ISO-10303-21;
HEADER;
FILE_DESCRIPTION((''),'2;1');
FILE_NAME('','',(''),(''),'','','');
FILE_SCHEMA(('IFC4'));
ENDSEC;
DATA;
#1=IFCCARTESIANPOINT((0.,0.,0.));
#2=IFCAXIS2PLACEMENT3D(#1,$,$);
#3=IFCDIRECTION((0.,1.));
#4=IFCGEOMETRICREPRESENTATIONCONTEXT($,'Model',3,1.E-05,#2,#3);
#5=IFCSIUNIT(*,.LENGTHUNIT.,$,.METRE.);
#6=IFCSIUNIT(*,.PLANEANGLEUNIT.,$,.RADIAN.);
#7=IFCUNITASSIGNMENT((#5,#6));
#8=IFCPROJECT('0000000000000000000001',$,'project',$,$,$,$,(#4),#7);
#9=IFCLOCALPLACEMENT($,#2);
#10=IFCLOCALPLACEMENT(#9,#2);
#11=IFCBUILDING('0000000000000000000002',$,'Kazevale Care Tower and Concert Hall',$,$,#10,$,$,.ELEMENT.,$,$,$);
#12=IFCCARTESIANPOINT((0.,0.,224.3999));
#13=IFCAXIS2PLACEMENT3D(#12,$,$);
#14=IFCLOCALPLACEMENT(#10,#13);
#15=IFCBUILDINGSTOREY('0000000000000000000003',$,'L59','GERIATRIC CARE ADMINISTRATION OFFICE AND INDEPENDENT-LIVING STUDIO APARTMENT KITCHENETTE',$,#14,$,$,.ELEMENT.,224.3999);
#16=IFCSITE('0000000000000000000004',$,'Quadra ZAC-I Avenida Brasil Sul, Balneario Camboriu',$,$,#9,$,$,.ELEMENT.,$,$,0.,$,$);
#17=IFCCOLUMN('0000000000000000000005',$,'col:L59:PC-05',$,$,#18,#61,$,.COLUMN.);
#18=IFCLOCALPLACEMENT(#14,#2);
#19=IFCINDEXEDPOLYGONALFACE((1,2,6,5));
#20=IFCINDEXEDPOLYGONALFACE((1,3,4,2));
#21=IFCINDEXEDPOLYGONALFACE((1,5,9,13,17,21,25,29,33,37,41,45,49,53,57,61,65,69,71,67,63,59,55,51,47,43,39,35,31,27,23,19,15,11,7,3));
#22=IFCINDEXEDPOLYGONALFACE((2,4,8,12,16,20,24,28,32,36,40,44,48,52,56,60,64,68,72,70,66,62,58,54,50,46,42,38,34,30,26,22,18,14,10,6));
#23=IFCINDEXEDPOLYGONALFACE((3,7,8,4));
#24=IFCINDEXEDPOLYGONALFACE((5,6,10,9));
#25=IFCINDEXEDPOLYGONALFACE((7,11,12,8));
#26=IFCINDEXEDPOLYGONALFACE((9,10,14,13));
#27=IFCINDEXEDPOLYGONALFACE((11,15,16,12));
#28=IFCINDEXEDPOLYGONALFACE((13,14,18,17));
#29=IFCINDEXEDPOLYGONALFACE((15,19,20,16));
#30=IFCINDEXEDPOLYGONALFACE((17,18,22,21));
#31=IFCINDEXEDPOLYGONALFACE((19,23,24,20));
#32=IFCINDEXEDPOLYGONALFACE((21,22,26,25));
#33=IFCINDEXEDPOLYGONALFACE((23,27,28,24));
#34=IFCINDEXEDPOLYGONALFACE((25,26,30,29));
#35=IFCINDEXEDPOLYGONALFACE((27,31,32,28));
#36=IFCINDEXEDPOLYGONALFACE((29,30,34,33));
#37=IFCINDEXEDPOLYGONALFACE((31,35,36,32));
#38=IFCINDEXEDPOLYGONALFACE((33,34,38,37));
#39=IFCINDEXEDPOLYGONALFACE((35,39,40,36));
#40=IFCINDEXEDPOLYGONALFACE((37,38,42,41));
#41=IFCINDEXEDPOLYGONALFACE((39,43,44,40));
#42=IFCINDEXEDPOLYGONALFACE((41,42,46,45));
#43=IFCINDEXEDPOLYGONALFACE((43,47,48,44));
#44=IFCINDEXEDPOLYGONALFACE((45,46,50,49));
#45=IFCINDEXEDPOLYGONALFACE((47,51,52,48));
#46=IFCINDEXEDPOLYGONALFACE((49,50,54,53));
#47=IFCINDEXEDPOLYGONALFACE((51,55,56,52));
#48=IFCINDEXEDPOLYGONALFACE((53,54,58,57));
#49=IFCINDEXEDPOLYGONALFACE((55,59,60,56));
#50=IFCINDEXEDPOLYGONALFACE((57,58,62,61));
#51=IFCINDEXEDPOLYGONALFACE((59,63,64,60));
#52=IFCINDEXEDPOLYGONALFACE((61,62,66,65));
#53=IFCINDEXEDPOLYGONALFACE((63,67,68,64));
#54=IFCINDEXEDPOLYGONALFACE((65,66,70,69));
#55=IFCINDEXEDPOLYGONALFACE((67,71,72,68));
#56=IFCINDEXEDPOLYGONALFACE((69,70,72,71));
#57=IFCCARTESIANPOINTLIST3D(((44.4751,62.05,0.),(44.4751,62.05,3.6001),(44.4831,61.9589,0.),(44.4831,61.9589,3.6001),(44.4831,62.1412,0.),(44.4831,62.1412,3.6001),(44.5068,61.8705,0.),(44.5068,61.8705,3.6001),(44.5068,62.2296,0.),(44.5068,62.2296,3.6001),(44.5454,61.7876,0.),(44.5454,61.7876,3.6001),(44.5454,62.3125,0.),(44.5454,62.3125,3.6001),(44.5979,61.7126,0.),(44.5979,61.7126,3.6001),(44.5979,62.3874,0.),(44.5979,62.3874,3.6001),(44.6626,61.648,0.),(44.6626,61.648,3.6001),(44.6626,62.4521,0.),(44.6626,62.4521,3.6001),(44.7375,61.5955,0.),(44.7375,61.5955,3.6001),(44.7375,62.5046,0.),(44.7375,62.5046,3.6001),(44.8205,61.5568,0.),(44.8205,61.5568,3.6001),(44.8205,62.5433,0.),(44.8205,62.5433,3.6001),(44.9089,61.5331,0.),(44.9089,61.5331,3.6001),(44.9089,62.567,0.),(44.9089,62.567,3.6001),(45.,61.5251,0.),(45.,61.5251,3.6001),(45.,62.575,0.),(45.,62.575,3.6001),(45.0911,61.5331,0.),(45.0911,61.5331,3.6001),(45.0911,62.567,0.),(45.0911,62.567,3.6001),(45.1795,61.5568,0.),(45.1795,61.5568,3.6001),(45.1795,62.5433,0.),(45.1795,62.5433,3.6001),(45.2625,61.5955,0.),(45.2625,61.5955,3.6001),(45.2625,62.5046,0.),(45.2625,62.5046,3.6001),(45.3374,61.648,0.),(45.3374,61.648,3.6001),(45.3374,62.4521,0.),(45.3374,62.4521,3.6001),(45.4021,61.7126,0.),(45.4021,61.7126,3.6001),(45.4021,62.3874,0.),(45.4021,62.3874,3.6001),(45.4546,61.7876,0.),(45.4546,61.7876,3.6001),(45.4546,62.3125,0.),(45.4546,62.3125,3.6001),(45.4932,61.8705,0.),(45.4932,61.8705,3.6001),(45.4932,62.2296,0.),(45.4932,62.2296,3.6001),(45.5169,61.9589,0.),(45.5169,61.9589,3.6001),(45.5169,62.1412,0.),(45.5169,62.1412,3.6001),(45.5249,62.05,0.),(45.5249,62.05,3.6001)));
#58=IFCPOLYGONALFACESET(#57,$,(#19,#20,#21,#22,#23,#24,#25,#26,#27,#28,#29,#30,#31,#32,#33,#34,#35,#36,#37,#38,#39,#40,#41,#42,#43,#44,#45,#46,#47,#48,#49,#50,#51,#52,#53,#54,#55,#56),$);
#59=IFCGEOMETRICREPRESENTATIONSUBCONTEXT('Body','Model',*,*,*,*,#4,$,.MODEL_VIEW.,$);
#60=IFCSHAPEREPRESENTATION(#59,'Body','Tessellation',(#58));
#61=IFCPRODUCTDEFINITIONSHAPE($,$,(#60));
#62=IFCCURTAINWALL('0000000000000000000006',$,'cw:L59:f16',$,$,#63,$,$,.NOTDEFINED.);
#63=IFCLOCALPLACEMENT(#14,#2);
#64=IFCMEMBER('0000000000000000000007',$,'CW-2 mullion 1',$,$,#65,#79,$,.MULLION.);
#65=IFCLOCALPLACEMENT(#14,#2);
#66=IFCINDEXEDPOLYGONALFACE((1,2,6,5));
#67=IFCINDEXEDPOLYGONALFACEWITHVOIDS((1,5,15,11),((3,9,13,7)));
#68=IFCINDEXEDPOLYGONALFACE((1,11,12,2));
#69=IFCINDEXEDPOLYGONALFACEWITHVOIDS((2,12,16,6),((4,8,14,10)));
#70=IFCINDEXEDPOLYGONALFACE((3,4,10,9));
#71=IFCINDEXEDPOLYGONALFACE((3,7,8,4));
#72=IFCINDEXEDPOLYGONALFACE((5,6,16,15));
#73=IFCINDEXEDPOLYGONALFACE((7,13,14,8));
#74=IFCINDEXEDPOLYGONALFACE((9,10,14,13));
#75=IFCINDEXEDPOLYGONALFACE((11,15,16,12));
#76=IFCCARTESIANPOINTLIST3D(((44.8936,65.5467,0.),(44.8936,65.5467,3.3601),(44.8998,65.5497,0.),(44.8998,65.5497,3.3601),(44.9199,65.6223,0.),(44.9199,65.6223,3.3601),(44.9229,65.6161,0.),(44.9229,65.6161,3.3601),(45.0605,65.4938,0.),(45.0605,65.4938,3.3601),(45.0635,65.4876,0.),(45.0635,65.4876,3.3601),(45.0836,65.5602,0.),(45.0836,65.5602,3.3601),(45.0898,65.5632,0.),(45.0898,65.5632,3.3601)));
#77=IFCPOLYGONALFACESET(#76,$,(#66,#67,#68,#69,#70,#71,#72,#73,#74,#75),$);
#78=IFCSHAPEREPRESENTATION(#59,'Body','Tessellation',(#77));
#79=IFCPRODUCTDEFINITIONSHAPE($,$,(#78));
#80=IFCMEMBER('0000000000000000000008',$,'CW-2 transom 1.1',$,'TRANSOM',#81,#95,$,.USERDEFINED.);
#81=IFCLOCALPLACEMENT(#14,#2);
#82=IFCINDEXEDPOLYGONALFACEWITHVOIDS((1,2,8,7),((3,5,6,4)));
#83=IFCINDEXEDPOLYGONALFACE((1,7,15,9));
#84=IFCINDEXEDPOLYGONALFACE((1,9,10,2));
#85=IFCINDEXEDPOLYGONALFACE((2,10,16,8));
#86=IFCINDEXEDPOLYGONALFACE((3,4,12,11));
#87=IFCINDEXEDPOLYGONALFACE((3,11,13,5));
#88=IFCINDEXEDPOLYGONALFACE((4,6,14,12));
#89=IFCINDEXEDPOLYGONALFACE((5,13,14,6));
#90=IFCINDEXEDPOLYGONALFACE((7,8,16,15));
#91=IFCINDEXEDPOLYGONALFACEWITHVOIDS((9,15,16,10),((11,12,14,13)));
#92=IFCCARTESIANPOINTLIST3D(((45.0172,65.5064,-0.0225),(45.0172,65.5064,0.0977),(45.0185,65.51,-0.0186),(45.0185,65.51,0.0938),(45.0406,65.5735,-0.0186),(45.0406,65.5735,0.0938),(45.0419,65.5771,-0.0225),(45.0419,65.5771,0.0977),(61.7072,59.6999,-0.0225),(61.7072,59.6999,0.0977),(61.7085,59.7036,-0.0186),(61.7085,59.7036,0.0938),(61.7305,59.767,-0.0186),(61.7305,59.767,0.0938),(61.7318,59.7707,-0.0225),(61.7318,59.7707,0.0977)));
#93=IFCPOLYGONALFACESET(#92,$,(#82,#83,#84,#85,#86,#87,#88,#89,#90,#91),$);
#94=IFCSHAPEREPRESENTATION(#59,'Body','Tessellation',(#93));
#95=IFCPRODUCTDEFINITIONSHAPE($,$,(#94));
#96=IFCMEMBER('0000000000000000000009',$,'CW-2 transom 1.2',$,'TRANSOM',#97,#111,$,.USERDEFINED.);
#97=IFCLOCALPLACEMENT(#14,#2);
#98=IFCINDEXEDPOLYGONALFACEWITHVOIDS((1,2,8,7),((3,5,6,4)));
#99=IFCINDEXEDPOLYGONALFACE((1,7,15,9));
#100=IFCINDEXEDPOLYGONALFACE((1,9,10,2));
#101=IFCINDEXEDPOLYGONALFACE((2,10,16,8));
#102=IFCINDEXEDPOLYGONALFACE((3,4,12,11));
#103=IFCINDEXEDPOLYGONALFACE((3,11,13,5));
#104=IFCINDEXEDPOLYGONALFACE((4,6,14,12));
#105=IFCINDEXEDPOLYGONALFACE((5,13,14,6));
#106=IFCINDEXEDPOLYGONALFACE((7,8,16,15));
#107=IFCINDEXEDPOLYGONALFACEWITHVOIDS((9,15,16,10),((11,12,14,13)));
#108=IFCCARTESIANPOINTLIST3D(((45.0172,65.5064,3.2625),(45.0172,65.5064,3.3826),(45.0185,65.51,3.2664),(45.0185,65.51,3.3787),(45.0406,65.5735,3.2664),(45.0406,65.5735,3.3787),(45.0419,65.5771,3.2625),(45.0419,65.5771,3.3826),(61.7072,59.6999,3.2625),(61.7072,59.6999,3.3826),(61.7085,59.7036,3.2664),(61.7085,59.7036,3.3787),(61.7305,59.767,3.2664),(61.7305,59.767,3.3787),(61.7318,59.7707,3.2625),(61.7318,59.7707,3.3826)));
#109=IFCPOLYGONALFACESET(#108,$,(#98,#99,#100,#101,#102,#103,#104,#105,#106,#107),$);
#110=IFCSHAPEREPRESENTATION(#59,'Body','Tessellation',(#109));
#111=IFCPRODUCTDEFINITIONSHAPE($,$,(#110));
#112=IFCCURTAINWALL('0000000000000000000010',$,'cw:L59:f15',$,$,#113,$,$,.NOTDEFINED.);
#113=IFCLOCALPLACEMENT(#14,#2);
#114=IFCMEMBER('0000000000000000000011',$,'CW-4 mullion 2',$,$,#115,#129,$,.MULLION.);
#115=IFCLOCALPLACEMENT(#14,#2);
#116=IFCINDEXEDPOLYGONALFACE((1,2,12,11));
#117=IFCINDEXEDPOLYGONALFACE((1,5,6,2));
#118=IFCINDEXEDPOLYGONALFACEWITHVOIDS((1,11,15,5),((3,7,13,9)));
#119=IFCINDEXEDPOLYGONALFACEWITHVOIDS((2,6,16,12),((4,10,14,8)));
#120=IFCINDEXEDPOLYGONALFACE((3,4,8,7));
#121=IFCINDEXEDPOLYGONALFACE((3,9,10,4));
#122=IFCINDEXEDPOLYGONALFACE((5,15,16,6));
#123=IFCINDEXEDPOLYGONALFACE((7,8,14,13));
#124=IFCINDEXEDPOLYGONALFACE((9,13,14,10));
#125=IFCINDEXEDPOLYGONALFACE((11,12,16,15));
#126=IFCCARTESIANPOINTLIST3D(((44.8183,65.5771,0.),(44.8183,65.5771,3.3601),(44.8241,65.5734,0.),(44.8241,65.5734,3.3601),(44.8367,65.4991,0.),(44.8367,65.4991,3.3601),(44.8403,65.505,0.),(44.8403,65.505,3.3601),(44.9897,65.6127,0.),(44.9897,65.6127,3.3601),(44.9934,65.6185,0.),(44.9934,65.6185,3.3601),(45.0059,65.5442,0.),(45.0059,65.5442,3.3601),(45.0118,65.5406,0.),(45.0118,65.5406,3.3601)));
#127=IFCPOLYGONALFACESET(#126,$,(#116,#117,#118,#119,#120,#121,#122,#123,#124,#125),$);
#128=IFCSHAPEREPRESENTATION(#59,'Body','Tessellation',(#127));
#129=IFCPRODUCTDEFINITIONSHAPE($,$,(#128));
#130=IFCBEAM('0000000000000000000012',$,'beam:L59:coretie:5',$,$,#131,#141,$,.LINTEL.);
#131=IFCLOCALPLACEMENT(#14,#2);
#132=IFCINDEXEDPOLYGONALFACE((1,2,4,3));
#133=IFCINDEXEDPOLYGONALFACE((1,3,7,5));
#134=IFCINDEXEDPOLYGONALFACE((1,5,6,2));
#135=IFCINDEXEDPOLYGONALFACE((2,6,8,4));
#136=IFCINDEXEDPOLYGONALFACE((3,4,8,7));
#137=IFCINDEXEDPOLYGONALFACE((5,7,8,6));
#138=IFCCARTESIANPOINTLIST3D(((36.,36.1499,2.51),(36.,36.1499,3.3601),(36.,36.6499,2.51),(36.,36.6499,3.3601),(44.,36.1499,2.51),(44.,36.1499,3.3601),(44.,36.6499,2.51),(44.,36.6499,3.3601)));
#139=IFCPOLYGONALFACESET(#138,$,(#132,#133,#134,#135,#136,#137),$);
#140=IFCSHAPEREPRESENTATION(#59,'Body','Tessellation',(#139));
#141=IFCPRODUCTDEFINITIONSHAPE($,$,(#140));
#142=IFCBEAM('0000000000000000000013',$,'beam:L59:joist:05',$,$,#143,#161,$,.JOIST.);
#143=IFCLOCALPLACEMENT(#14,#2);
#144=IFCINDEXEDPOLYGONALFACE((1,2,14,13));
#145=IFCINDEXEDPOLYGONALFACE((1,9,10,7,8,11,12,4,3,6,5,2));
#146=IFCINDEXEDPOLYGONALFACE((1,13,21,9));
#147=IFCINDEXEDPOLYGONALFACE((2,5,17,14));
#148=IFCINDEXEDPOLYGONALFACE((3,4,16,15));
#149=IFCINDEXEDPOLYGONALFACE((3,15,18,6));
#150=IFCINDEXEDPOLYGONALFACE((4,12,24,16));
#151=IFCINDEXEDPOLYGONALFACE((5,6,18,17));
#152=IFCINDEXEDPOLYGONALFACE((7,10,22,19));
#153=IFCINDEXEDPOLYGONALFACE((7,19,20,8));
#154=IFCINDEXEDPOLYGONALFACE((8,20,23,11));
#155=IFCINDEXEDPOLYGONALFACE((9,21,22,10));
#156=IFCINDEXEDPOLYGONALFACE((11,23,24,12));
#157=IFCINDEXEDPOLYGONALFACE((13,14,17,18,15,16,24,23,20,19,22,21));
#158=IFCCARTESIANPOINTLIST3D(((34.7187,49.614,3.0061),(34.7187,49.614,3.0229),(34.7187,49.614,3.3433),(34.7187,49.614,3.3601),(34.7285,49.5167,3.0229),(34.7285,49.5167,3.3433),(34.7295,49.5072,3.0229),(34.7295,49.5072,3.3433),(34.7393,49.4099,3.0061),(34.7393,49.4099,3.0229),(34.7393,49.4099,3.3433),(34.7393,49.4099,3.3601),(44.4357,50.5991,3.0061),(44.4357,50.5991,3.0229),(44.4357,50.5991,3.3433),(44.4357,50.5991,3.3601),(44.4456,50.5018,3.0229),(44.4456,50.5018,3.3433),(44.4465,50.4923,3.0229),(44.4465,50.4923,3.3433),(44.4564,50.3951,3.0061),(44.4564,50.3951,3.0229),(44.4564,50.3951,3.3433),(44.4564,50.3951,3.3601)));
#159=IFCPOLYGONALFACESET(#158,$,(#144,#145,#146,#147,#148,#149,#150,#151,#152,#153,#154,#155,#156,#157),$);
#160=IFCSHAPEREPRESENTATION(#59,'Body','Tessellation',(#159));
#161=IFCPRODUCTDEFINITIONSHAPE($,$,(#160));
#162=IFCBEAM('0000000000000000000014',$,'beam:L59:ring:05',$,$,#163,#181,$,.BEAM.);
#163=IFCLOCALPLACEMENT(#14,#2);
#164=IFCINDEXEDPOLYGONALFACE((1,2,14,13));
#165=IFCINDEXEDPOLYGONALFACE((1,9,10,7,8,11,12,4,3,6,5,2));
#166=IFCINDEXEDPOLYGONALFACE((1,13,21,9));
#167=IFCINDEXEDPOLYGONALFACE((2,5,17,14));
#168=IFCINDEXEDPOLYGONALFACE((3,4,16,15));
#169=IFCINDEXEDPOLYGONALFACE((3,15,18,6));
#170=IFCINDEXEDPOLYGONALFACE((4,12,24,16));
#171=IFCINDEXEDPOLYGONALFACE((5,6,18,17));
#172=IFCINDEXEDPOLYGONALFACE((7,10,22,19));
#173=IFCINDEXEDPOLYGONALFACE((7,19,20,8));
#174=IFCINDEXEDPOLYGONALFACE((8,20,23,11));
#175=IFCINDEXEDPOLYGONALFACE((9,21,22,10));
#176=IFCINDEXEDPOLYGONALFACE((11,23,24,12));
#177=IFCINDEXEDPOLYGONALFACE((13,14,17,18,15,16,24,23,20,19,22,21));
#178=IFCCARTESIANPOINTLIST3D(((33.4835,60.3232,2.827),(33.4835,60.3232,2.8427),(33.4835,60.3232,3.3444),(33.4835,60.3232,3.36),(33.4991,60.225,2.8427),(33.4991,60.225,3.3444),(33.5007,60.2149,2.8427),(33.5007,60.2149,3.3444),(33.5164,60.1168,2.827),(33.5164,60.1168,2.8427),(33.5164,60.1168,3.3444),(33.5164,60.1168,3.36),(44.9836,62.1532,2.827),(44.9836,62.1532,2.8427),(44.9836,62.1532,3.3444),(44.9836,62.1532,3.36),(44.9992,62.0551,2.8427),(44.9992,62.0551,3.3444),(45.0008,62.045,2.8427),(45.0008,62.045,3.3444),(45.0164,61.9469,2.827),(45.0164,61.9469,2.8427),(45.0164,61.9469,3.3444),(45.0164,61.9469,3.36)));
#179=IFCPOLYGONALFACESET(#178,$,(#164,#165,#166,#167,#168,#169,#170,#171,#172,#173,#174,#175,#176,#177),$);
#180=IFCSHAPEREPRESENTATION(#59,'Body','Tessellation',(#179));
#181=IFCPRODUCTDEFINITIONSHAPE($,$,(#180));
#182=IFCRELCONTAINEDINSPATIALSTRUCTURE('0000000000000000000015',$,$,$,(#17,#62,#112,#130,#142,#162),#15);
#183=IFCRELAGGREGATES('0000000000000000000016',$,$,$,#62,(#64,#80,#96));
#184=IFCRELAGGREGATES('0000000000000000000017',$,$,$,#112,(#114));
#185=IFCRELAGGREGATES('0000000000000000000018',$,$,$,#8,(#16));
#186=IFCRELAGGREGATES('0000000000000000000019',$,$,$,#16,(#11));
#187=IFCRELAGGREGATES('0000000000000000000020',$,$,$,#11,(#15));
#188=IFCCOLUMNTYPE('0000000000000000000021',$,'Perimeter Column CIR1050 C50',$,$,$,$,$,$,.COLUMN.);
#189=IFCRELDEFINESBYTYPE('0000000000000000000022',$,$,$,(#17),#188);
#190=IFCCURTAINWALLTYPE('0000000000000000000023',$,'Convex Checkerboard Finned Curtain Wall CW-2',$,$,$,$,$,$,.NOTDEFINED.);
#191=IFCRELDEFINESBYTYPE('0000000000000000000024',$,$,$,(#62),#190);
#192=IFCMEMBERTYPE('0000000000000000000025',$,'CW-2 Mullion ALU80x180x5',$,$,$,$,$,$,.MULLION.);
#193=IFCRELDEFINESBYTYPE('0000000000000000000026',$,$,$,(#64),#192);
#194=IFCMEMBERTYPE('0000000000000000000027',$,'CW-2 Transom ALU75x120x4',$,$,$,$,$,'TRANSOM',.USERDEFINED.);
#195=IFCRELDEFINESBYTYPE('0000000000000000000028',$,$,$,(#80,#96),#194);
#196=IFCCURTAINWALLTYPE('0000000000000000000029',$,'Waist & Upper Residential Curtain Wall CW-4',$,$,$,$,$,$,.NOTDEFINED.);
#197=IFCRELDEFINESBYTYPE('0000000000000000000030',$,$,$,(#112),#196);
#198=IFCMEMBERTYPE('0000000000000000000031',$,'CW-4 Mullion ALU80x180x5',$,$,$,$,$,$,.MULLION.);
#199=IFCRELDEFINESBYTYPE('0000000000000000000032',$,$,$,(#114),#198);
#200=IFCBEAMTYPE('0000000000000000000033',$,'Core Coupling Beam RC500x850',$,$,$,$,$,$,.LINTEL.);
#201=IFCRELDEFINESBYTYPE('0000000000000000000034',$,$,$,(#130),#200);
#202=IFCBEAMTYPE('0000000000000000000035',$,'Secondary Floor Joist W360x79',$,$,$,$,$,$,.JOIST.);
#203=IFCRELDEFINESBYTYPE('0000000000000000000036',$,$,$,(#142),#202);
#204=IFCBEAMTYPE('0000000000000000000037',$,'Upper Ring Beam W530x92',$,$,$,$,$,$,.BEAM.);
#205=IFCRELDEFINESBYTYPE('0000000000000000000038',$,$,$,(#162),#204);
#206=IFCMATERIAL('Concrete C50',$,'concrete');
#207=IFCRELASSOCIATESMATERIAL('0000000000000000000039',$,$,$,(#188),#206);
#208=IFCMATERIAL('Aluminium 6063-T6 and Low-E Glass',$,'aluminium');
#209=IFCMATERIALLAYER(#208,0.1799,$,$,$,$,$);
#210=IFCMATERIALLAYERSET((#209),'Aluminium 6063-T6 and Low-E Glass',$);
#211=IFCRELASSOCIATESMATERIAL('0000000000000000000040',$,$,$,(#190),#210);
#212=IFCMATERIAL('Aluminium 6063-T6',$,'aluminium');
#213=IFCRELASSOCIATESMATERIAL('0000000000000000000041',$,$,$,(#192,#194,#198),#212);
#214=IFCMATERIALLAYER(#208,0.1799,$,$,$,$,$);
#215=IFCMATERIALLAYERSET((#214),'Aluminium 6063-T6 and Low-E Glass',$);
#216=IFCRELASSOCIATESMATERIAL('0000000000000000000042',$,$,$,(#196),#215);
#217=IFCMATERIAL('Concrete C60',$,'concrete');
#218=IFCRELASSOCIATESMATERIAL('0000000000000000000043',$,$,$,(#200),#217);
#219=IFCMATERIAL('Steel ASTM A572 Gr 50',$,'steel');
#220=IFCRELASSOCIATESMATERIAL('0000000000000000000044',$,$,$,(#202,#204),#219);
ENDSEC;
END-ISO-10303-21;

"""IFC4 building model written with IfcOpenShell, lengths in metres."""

from ifc_helpers import new_model, si_unit, direction, frame, origin, origin_2d, place, context, subcontext, project, spatial, rectangle, hollow_rectangle, circle, i_section, extrude, material, layer, layer_set, material_profile, profile_set, type_object, element, aggregate, save


model = new_model("IFC4")

# Units and contexts
model_context = context("Model", 3, precision=1e-05, world=origin(), true_north=direction((0.0, 1.0)))
body_context = subcontext(model_context, "Body", "Model", "MODEL_VIEW")
ifc_project = project(units=[si_unit("LENGTHUNIT", "METRE"), si_unit("PLANEANGLEUNIT", "RADIAN")], contexts=[model_context])

# Site, building, storey
site_placement = place(None, origin())
site = spatial("IfcSite", under=ifc_project, at=site_placement, Name="Quadra ZAC-I Avenida Brasil Sul, Balneario Camboriu", CompositionType="ELEMENT", RefElevation=0.0)
building_placement = place(site_placement, origin())
building = spatial("IfcBuilding", under=site, at=building_placement, Name="Kazevale Care Tower and Concert Hall", CompositionType="ELEMENT")
storey_placement = place(building_placement, frame((0.0, 0.0, 224.3999)))
storey = spatial("IfcBuildingStorey", under=building, at=storey_placement, Name="L59", Description="GERIATRIC CARE ADMINISTRATION OFFICE AND INDEPENDENT-LIVING STUDIO APARTMENT KITCHENETTE", CompositionType="ELEMENT", Elevation=224.3999)

# Column
ifc_material_1 = material(Name="Concrete C50", Category="concrete")
ifc_material_profile_1 = material_profile(ifc_material_1, circle(Radius=0.5249, at=origin_2d()), Name="RC-CIR1050")
ifc_profile_set_1 = profile_set([ifc_material_profile_1], Name="Concrete C50")
column_type = type_object("IfcColumnType", Name="Perimeter Column CIR1050 C50", PredefinedType="COLUMN", material=ifc_profile_set_1)
column_placement = place(storey_placement, frame((45.0, 62.05, 0.0), z_axis=(0.0, 0.0, 1.0), x_axis=(1.0, 0.0, 0.0)))
element("IfcColumn", 1, at=column_placement, inside=storey, type_object=column_type, Name="col:L59:PC-05", PredefinedType="COLUMN", context=body_context, shape_type="SweptSolid", body=[
    extrude(circle(Radius=0.5249, at=origin_2d()), origin(), (0.0, 0.0, 1.0), 3.6001),
])

# Curtain wall, members
ifc_material_2 = material(Name="Aluminium 6063-T6 and Low-E Glass", Category="aluminium")
ifc_layer_1 = layer(ifc_material_2, 0.1799)
ifc_layer_set_1 = layer_set([ifc_layer_1], Name="Aluminium 6063-T6 and Low-E Glass")
curtain_wall_type_1 = type_object("IfcCurtainWallType", Name="Convex Checkerboard Finned Curtain Wall CW-2", PredefinedType="NOTDEFINED", material=ifc_layer_set_1)
curtain_wall_1_placement = place(storey_placement, origin())
curtain_wall_1 = element("IfcCurtainWall", 2, at=curtain_wall_1_placement, inside=storey, type_object=curtain_wall_type_1, Name="cw:L59:f16", PredefinedType="NOTDEFINED")
ifc_material_3 = material(Name="Aluminium 6063-T6", Category="aluminium")
ifc_material_profile_2 = material_profile(ifc_material_3, hollow_rectangle(XDim=0.0801, YDim=0.1799, WallThickness=0.0049, at=origin_2d()), Name="ALU80x180x5")
ifc_profile_set_2 = profile_set([ifc_material_profile_2], Name="Aluminium 6063-T6")
member_type_1 = type_object("IfcMemberType", Name="CW-2 Mullion ALU80x180x5", PredefinedType="MULLION", material=ifc_profile_set_2)
member_1_placement = place(storey_placement, frame((44.9917, 65.5549, 0.0), z_axis=(0.0, 0.0, 1.0), x_axis=(0.328584, 0.944475, 0.0)))
member_1 = element("IfcMember", 3, at=member_1_placement, type_object=member_type_1, Name="CW-2 mullion 1", PredefinedType="MULLION", context=body_context, shape_type="SweptSolid", body=[
    extrude(hollow_rectangle(XDim=0.0801, YDim=0.1799, WallThickness=0.0049, at=origin_2d()), origin(), (0.0, 0.0, 1.0), 3.3601),
])
ifc_material_profile_3 = material_profile(ifc_material_3, hollow_rectangle(XDim=0.075, YDim=0.1201, WallThickness=0.0039, at=origin_2d()), Name="ALU75x120x4")
ifc_profile_set_3 = profile_set([ifc_material_profile_3], Name="Aluminium 6063-T6")
member_type_2 = type_object("IfcMemberType", Name="CW-2 Transom ALU75x120x4", ElementType="TRANSOM", PredefinedType="USERDEFINED", material=ifc_profile_set_3)
member_2_placement = place(storey_placement, frame((45.0295, 65.5417, 0.0376), z_axis=(0.944476, -0.328581, 0.0), x_axis=(0.328581, 0.944476, 0.0)))
member_2 = element("IfcMember", 4, at=member_2_placement, type_object=member_type_2, Name="CW-2 transom 1.1", ObjectType="TRANSOM", PredefinedType="USERDEFINED", context=body_context, shape_type="SweptSolid", body=[
    extrude(hollow_rectangle(XDim=0.075, YDim=0.1201, WallThickness=0.0039, at=origin_2d()), origin(), (0.0, 0.0, 1.0), 17.6711),
])
member_3_placement = place(storey_placement, frame((45.0295, 65.5417, 3.3225), z_axis=(0.944476, -0.328581, 0.0), x_axis=(0.328581, 0.944476, 0.0)))
member_3 = element("IfcMember", 5, at=member_3_placement, type_object=member_type_2, Name="CW-2 transom 1.2", ObjectType="TRANSOM", PredefinedType="USERDEFINED", context=body_context, shape_type="SweptSolid", body=[
    extrude(hollow_rectangle(XDim=0.075, YDim=0.1201, WallThickness=0.0039, at=origin_2d()), origin(), (0.0, 0.0, 1.0), 17.6711),
])
aggregate(curtain_wall_1, [member_1, member_2, member_3])

# Curtain wall, member
ifc_layer_2 = layer(ifc_material_2, 0.1799)
ifc_layer_set_2 = layer_set([ifc_layer_2], Name="Aluminium 6063-T6 and Low-E Glass")
curtain_wall_type_2 = type_object("IfcCurtainWallType", Name="Waist & Upper Residential Curtain Wall CW-4", PredefinedType="NOTDEFINED", material=ifc_layer_set_2)
curtain_wall_2_placement = place(storey_placement, origin())
curtain_wall_2 = element("IfcCurtainWall", 6, at=curtain_wall_2_placement, inside=storey, type_object=curtain_wall_type_2, Name="cw:L59:f15", PredefinedType="NOTDEFINED")
ifc_material_profile_4 = material_profile(ifc_material_3, hollow_rectangle(XDim=0.0801, YDim=0.1799, WallThickness=0.0049, at=origin_2d()), Name="ALU80x180x5")
ifc_profile_set_4 = profile_set([ifc_material_profile_4], Name="Aluminium 6063-T6")
member_type_3 = type_object("IfcMemberType", Name="CW-4 Mullion ALU80x180x5", PredefinedType="MULLION", material=ifc_profile_set_4)
member_4_placement = place(storey_placement, frame((44.915, 65.5588, 0.0), z_axis=(0.0, 0.0, 1.0), x_axis=(-0.230439, 0.973087, 0.0)))
member_4 = element("IfcMember", 7, at=member_4_placement, type_object=member_type_3, Name="CW-4 mullion 2", PredefinedType="MULLION", context=body_context, shape_type="SweptSolid", body=[
    extrude(hollow_rectangle(XDim=0.0801, YDim=0.1799, WallThickness=0.0049, at=origin_2d()), origin(), (0.0, 0.0, 1.0), 3.3601),
])

# Beams
ifc_material_4 = material(Name="Concrete C60", Category="concrete")
ifc_material_profile_5 = material_profile(ifc_material_4, rectangle(XDim=0.5, YDim=0.8501, at=origin_2d()), Name="RC-B500x850")
ifc_profile_set_5 = profile_set([ifc_material_profile_5], Name="Concrete C60")
beam_type_1 = type_object("IfcBeamType", Name="Core Coupling Beam RC500x850", PredefinedType="LINTEL", material=ifc_profile_set_5)
beam_1_placement = place(storey_placement, frame((44.0, 36.3999, 2.9351), z_axis=(-1.0, 0.0, 0.0), x_axis=(0.0, -1.0, 0.0)))
element("IfcBeam", 8, at=beam_1_placement, inside=storey, type_object=beam_type_1, Name="beam:L59:coretie:5", PredefinedType="LINTEL", context=body_context, shape_type="SweptSolid", body=[
    extrude(rectangle(XDim=0.5, YDim=0.8501, at=origin_2d()), origin(), (0.0, 0.0, 1.0), 8.0),
])
ifc_material_5 = material(Name="Steel ASTM A572 Gr 50", Category="steel")
ifc_material_profile_6 = material_profile(ifc_material_5, i_section(OverallWidth=0.2051, OverallDepth=0.354, WebThickness=0.0095, FlangeThickness=0.0168, at=origin_2d()), Name="W360x79")
ifc_profile_set_6 = profile_set([ifc_material_profile_6], Name="Steel ASTM A572 Gr 50")
beam_type_2 = type_object("IfcBeamType", Name="Secondary Floor Joist W360x79", PredefinedType="JOIST", material=ifc_profile_set_6)
beam_2_placement = place(storey_placement, frame((44.446, 50.4971, 3.1831), z_axis=(-0.9949, -0.100862, 0.0), x_axis=(0.100862, -0.9949, 0.0)))
element("IfcBeam", 9, at=beam_2_placement, inside=storey, type_object=beam_type_2, Name="beam:L59:joist:05", PredefinedType="JOIST", context=body_context, shape_type="SweptSolid", body=[
    extrude(i_section(OverallWidth=0.2051, OverallDepth=0.354, WebThickness=0.0095, FlangeThickness=0.0168, at=origin_2d()), origin(), (0.0, 0.0, 1.0), 9.7668),
])
ifc_material_profile_7 = material_profile(ifc_material_5, i_section(OverallWidth=0.209, OverallDepth=0.533, WebThickness=0.0103, FlangeThickness=0.0156, at=origin_2d()), Name="W530x92")
ifc_profile_set_7 = profile_set([ifc_material_profile_7], Name="Steel ASTM A572 Gr 50")
beam_type_3 = type_object("IfcBeamType", Name="Upper Ring Beam W530x92", PredefinedType="BEAM", material=ifc_profile_set_7)
beam_3_placement = place(storey_placement, frame((45.0, 62.05, 3.0935), z_axis=(-0.987573, -0.15716, 0.0), x_axis=(0.15716, -0.987573, 0.0)))
element("IfcBeam", 10, at=beam_3_placement, inside=storey, type_object=beam_type_3, Name="beam:L59:ring:05", PredefinedType="BEAM", context=body_context, shape_type="SweptSolid", body=[
    extrude(i_section(OverallWidth=0.209, OverallDepth=0.533, WebThickness=0.0103, FlangeThickness=0.0156, at=origin_2d()), origin(), (0.0, 0.0, 1.0), 11.6448),
])

aggregate(curtain_wall_2, [member_4])

save(model, "model.ifc")
